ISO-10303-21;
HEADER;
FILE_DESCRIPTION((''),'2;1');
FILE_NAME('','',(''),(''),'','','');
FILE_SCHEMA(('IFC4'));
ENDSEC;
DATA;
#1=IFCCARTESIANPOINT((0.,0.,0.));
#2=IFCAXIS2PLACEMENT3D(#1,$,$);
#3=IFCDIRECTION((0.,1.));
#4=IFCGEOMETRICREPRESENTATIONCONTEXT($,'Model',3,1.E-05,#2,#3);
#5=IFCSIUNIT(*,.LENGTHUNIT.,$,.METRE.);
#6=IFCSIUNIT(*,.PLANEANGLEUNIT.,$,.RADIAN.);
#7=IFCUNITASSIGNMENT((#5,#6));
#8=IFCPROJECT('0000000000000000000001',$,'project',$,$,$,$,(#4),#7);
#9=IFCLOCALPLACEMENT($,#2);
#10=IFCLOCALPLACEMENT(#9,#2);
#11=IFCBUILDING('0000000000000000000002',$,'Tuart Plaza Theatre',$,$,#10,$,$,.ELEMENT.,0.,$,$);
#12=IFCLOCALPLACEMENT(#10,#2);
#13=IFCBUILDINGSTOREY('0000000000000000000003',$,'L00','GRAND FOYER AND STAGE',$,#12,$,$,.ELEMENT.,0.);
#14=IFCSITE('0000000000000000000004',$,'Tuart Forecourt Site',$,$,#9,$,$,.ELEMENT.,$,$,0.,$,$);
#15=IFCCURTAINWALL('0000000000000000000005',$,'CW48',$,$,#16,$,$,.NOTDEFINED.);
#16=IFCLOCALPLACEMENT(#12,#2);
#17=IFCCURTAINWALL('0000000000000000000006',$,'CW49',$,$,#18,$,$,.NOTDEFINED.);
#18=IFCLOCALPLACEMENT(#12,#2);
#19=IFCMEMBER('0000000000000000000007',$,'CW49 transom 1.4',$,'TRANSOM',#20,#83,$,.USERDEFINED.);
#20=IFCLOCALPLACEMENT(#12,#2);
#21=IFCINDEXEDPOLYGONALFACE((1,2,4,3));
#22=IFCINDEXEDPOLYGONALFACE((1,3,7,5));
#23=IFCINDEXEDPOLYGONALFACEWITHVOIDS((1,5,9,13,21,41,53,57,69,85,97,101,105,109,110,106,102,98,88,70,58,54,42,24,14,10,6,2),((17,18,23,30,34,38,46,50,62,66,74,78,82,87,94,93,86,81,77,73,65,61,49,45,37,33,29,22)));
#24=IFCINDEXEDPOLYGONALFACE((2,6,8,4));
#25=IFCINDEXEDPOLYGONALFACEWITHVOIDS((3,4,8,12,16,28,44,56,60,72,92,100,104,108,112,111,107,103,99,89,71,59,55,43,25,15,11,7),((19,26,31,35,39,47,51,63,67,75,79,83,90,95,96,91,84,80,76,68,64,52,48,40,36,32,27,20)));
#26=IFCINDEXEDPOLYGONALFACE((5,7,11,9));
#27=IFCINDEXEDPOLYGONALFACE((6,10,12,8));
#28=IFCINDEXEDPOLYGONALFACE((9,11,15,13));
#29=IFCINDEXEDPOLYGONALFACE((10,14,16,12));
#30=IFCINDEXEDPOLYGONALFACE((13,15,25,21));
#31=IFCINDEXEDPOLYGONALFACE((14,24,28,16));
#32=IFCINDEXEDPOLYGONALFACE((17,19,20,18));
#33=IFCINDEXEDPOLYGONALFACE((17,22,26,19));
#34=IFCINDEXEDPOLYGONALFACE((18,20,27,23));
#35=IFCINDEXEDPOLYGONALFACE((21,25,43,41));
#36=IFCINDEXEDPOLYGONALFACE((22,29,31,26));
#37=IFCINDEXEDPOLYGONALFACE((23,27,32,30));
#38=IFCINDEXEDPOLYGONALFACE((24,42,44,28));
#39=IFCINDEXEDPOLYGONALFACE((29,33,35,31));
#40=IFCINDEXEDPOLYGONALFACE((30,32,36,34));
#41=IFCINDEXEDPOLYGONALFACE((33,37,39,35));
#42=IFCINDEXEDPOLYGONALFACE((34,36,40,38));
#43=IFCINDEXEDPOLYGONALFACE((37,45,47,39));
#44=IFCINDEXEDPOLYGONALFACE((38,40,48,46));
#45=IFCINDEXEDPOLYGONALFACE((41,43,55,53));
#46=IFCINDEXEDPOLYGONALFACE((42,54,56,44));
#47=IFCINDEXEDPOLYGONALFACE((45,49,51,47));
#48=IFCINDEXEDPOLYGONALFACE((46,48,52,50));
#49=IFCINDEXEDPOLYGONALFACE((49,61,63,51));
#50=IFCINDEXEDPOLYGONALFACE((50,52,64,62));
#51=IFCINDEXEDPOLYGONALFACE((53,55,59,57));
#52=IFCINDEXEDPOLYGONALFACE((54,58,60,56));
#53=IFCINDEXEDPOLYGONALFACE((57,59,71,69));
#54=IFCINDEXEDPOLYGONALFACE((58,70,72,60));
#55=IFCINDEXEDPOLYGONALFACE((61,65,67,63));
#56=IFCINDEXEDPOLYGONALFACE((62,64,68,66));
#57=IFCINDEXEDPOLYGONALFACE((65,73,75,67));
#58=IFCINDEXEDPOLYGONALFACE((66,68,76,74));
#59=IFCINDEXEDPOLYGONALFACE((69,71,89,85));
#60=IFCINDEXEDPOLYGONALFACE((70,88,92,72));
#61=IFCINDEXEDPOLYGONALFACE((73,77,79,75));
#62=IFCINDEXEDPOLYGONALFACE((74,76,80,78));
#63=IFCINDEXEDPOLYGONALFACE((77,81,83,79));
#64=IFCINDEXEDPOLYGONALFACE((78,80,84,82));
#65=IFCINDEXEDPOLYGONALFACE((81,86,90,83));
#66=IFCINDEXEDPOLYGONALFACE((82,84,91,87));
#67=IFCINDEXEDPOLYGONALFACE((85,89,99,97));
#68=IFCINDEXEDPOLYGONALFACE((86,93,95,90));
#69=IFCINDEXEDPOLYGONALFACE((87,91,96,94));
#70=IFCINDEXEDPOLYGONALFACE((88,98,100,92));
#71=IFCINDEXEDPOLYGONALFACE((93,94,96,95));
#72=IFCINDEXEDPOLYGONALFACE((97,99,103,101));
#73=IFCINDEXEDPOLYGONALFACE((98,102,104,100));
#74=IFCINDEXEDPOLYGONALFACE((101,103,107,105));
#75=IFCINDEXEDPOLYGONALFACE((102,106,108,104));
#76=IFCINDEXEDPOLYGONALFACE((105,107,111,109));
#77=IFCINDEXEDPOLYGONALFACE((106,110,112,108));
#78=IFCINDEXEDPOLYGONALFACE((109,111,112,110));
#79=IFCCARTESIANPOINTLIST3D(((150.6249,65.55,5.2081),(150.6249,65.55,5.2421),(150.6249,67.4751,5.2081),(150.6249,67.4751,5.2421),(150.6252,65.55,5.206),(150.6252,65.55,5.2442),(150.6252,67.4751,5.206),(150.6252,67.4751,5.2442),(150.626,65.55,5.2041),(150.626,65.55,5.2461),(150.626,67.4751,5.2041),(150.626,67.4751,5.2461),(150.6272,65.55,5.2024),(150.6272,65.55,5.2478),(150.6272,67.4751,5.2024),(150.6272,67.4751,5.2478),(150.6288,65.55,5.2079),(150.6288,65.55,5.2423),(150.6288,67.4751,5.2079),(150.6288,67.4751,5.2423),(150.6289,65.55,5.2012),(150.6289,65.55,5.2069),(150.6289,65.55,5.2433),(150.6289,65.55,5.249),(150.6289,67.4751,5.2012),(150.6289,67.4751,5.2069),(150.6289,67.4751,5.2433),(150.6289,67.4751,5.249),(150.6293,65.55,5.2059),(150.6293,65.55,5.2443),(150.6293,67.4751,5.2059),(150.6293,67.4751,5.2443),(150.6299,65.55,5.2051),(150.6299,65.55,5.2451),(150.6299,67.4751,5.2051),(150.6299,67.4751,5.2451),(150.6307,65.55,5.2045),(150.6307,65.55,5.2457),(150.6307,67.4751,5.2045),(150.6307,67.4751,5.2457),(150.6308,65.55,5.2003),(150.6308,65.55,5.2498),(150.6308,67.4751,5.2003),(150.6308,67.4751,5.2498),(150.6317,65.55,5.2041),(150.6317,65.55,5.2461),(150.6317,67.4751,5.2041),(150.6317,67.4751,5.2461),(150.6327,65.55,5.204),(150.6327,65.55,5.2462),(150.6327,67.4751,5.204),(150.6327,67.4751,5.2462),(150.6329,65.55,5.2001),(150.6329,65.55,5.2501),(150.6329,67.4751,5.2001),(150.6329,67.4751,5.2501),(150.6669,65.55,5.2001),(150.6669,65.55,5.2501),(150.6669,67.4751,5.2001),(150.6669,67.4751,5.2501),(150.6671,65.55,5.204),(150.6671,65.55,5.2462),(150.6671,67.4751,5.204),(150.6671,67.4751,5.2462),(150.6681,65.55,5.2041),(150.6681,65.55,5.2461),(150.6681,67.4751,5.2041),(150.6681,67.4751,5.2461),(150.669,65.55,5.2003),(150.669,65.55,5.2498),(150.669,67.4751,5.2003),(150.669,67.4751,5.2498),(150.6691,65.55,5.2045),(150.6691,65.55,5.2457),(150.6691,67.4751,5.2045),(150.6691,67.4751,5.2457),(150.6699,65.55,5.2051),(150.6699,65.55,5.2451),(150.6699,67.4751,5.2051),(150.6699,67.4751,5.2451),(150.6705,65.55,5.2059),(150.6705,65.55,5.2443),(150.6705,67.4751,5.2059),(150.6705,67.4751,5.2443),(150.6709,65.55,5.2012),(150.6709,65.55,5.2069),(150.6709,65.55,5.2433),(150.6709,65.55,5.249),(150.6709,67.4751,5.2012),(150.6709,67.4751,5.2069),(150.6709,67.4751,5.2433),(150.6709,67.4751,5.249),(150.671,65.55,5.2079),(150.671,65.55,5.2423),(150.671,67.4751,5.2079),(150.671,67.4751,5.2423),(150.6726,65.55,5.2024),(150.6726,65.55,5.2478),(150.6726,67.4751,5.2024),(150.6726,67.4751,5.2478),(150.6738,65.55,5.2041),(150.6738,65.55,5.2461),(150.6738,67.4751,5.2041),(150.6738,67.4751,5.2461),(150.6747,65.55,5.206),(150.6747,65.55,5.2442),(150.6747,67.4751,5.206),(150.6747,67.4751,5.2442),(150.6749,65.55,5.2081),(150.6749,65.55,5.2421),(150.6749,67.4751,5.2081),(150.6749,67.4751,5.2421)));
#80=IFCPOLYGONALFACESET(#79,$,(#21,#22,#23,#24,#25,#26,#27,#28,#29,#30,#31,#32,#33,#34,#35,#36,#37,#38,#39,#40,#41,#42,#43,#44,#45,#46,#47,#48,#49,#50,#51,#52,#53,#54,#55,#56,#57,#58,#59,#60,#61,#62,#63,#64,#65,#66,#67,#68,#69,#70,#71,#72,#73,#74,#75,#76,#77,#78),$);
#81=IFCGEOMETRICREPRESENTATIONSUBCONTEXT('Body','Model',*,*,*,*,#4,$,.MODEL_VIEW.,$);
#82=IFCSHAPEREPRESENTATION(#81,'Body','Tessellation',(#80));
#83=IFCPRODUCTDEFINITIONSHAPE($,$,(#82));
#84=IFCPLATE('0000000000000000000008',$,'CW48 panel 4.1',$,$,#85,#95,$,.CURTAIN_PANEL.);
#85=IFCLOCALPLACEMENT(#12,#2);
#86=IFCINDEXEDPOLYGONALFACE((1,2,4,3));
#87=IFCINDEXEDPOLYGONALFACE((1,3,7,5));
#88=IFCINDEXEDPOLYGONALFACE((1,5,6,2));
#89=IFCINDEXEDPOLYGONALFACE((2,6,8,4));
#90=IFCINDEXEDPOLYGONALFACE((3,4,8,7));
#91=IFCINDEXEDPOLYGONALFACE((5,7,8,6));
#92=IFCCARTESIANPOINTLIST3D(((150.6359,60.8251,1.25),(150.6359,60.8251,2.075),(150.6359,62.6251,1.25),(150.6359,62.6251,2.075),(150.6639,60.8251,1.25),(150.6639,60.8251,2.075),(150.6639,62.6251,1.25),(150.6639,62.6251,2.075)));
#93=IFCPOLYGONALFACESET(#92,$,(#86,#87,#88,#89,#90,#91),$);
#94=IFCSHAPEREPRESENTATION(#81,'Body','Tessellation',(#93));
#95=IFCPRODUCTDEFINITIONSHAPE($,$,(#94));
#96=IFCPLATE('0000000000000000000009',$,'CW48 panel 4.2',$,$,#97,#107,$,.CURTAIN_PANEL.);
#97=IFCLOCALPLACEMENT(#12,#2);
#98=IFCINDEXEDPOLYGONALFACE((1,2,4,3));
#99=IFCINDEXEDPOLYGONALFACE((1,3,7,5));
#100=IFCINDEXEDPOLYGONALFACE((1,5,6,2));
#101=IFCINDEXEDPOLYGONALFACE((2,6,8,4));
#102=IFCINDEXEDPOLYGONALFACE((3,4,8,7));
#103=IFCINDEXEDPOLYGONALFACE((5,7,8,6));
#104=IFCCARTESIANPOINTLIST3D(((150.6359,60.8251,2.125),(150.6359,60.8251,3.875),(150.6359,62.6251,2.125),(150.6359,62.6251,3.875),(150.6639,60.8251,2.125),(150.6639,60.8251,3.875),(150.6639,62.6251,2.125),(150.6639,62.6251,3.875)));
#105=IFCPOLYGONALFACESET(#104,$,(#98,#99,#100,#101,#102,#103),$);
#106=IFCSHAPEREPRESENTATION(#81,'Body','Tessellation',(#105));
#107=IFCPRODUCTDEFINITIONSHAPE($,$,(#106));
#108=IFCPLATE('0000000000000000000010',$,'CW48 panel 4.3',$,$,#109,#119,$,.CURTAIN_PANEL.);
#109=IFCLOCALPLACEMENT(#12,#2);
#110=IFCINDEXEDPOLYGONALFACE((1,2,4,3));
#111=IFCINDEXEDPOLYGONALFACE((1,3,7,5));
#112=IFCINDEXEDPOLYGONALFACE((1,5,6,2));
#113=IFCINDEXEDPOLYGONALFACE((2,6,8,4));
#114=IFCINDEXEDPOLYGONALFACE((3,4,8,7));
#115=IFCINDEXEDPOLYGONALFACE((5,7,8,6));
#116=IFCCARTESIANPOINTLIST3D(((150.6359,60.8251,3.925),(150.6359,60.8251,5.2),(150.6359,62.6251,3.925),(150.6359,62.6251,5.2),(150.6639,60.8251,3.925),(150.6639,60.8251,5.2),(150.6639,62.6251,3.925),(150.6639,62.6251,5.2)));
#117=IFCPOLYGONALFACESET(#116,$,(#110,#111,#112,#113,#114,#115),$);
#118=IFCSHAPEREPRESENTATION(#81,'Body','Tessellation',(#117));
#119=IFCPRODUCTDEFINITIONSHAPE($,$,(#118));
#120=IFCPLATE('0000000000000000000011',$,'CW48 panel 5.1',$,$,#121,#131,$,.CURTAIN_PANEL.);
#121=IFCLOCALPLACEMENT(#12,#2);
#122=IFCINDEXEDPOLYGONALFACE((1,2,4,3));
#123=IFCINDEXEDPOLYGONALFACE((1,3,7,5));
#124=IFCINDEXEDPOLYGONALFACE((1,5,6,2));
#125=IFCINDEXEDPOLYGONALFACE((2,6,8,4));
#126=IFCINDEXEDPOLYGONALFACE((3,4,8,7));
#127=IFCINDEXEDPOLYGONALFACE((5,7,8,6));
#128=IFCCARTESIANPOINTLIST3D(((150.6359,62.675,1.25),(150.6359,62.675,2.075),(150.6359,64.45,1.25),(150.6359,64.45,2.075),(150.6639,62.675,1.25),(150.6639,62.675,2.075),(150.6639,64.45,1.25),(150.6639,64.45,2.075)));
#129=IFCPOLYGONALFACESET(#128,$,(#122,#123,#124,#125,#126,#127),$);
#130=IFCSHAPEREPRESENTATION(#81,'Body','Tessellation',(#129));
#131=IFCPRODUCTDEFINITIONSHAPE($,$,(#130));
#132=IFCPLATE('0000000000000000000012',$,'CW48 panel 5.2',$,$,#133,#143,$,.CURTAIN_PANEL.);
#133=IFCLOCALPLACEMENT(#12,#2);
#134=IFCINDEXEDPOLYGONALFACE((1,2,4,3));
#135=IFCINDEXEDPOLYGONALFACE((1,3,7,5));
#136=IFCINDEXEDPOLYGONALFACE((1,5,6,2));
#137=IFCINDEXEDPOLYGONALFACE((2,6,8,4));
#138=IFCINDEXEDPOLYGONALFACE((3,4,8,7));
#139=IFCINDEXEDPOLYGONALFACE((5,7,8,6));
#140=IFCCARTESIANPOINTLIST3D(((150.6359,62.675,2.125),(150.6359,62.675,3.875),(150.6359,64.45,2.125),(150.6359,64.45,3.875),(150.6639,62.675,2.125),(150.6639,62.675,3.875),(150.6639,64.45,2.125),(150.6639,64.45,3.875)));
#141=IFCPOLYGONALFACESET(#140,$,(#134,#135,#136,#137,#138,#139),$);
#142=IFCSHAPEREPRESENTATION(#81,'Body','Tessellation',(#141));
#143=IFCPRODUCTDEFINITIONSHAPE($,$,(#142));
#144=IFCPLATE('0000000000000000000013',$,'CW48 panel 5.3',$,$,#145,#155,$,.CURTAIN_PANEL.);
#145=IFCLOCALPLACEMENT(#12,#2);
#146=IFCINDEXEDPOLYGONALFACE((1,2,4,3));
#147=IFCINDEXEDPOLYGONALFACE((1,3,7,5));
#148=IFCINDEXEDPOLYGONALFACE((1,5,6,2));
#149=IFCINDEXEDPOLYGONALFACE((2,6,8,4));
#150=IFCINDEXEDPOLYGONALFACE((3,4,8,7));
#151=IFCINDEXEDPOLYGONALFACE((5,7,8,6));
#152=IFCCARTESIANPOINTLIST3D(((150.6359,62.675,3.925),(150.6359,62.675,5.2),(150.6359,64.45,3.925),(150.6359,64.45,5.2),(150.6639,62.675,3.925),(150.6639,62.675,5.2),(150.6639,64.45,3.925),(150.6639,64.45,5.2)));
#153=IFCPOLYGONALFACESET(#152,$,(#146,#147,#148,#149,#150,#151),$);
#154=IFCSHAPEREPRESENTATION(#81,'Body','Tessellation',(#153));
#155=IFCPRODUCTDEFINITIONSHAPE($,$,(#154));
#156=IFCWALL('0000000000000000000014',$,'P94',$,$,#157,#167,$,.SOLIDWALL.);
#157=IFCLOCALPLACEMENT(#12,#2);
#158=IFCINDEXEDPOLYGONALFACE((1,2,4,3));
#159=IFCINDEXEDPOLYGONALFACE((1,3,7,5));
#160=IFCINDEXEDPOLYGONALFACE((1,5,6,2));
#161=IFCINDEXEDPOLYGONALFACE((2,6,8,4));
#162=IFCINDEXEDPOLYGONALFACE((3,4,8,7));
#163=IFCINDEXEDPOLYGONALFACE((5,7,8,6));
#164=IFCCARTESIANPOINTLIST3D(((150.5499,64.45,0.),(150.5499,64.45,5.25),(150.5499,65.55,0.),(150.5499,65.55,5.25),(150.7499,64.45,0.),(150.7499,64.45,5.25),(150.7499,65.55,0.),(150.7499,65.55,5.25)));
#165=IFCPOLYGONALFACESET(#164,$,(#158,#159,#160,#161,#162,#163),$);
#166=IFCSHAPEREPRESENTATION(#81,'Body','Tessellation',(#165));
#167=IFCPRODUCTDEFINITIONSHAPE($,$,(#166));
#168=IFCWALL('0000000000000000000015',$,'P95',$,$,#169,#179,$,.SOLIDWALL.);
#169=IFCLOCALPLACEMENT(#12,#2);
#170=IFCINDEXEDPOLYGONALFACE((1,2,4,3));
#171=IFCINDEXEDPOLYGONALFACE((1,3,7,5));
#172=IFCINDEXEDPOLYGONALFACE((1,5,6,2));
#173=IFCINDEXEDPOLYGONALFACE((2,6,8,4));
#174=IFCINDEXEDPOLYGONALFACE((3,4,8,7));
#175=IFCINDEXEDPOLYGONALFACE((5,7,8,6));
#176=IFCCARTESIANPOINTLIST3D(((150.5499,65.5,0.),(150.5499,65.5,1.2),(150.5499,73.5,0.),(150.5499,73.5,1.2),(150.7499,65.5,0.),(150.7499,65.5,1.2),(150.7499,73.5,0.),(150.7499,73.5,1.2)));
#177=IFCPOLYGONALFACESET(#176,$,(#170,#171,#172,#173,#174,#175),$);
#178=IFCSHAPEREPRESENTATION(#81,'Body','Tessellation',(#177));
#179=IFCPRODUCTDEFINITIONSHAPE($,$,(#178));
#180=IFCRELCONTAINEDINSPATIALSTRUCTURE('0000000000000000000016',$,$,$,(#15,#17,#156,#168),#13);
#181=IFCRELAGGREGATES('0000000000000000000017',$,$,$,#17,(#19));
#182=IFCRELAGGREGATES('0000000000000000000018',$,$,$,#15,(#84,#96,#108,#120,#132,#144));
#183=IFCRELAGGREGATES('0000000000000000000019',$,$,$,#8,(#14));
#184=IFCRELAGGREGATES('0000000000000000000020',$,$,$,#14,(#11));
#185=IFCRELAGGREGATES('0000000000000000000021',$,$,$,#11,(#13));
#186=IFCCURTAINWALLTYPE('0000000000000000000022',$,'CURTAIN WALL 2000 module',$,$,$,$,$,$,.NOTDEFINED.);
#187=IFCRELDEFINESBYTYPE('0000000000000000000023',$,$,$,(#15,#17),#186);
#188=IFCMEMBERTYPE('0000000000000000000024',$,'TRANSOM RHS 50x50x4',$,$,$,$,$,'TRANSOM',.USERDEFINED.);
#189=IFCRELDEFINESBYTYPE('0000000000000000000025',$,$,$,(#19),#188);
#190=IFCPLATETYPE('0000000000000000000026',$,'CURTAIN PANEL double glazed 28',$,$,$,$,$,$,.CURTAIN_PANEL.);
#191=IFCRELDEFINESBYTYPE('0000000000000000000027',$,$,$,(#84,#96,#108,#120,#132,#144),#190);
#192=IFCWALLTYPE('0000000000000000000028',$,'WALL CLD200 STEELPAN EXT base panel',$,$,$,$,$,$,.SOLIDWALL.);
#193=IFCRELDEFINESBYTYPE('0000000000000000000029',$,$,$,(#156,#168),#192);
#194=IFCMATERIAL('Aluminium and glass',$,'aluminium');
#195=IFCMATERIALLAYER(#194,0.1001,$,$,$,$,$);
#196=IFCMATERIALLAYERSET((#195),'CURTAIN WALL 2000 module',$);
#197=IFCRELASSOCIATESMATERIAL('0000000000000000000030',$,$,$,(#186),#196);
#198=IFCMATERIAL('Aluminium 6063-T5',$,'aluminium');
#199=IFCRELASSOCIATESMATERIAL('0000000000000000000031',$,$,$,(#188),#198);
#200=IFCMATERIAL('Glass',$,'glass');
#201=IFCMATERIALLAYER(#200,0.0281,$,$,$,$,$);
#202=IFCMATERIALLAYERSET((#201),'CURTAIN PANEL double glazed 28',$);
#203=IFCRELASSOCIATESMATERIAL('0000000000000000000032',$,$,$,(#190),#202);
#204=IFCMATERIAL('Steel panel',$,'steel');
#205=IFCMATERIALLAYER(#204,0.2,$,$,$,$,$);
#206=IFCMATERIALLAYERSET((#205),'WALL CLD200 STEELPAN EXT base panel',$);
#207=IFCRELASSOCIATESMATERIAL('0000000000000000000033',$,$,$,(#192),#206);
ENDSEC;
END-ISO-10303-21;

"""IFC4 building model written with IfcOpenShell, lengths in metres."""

from ifc_helpers import new_model, si_unit, direction, frame, frame_2d, origin, origin_2d, place, context, subcontext, project, spatial, rectangle, hollow_rectangle, extrude, material, layer, layer_set, material_profile, profile_set, type_object, element, aggregate, save


model = new_model("IFC4")

# Units and contexts
model_context = context("Model", 3, precision=1e-05, world=origin(), true_north=direction((0.0, 1.0)))
body_context = subcontext(model_context, "Body", "Model", "MODEL_VIEW")
ifc_project = project(units=[si_unit("LENGTHUNIT", "METRE"), si_unit("PLANEANGLEUNIT", "RADIAN")], contexts=[model_context])

# Site, building, storey
site_placement = place(None, origin())
site = spatial("IfcSite", under=ifc_project, at=site_placement, Name="Tuart Forecourt Site", CompositionType="ELEMENT", RefElevation=0.0)
building_placement = place(site_placement, origin())
building = spatial("IfcBuilding", under=site, at=building_placement, Name="Tuart Plaza Theatre", CompositionType="ELEMENT", ElevationOfRefHeight=0.0)
storey_placement = place(building_placement, origin())
storey = spatial("IfcBuildingStorey", under=building, at=storey_placement, Name="L00", Description="GRAND FOYER AND STAGE", CompositionType="ELEMENT", Elevation=0.0)

# Curtain walls, member
ifc_material_1 = material(Name="Aluminium and glass", Category="aluminium")
ifc_layer_1 = layer(ifc_material_1, 0.1001)
ifc_layer_set_1 = layer_set([ifc_layer_1], Name="CURTAIN WALL 2000 module")
curtain_wall_type = type_object("IfcCurtainWallType", Name="CURTAIN WALL 2000 module", PredefinedType="NOTDEFINED", material=ifc_layer_set_1)
curtain_wall_1_placement = place(storey_placement, origin())
curtain_wall_1 = element("IfcCurtainWall", 1, at=curtain_wall_1_placement, inside=storey, type_object=curtain_wall_type, Name="CW48", PredefinedType="NOTDEFINED")
ifc_material_2 = material(Name="Aluminium 6063-T5", Category="aluminium")
ifc_material_profile_1 = material_profile(ifc_material_2, hollow_rectangle(XDim=0.05, YDim=0.05, WallThickness=0.0039, InnerFilletRadius=0.0039, OuterFilletRadius=0.0081, at=origin_2d()), Name="RHS 50x50x4")
ifc_profile_set_1 = profile_set([ifc_material_profile_1], Name="Aluminium 6063-T5")
member_type_1 = type_object("IfcMemberType", Name="TRANSOM RHS 50x50x4", ElementType="TRANSOM", PredefinedType="USERDEFINED", material=ifc_profile_set_1)
curtain_wall_2_placement = place(storey_placement, origin())
curtain_wall_2 = element("IfcCurtainWall", 2, at=curtain_wall_2_placement, inside=storey, type_object=curtain_wall_type, Name="CW49", PredefinedType="NOTDEFINED")
member_1_placement = place(storey_placement, frame((150.6499, 65.55, 5.2251), z_axis=(0.0, 1.0, 0.0), x_axis=(-1.0, 0.0, 0.0)))
member_1 = element("IfcMember", 3, at=member_1_placement, type_object=member_type_1, Name="CW49 transom 1.4", ObjectType="TRANSOM", PredefinedType="USERDEFINED", context=body_context, shape_type="SweptSolid", body=[
    extrude(hollow_rectangle(XDim=0.05, YDim=0.05, WallThickness=0.0039, InnerFilletRadius=0.0039, OuterFilletRadius=0.0081, at=origin_2d()), origin(), (0.0, 0.0, 1.0), 1.925),
])
aggregate(curtain_wall_2, [member_1])

# Plates
ifc_material_3 = material(Name="Glass", Category="glass")
ifc_layer_2 = layer(ifc_material_3, 0.0281)
ifc_layer_set_2 = layer_set([ifc_layer_2], Name="CURTAIN PANEL double glazed 28")
plate_type = type_object("IfcPlateType", Name="CURTAIN PANEL double glazed 28", PredefinedType="CURTAIN_PANEL", material=ifc_layer_set_2)
plate_1_placement = place(storey_placement, frame((150.6499, 61.7251, 1.25), z_axis=(0.0, 0.0, 1.0), x_axis=(0.0, 1.0, 0.0)))
plate_1 = element("IfcPlate", 4, at=plate_1_placement, type_object=plate_type, Name="CW48 panel 4.1", PredefinedType="CURTAIN_PANEL", context=body_context, shape_type="SweptSolid", body=[
    extrude(rectangle(XDim=1.8, YDim=0.0281, at=origin_2d()), origin(), (0.0, 0.0, 1.0), 0.825),
])
plate_2_placement = place(storey_placement, frame((150.6499, 61.7251, 2.125), z_axis=(0.0, 0.0, 1.0), x_axis=(0.0, 1.0, 0.0)))
plate_2 = element("IfcPlate", 5, at=plate_2_placement, type_object=plate_type, Name="CW48 panel 4.2", PredefinedType="CURTAIN_PANEL", context=body_context, shape_type="SweptSolid", body=[
    extrude(rectangle(XDim=1.8, YDim=0.0281, at=origin_2d()), origin(), (0.0, 0.0, 1.0), 1.75),
])
plate_3_placement = place(storey_placement, frame((150.6499, 61.7251, 3.925), z_axis=(0.0, 0.0, 1.0), x_axis=(0.0, 1.0, 0.0)))
plate_3 = element("IfcPlate", 6, at=plate_3_placement, type_object=plate_type, Name="CW48 panel 4.3", PredefinedType="CURTAIN_PANEL", context=body_context, shape_type="SweptSolid", body=[
    extrude(rectangle(XDim=1.8, YDim=0.0281, at=origin_2d()), origin(), (0.0, 0.0, 1.0), 1.2749),
])
plate_4_placement = place(storey_placement, frame((150.6499, 63.5625, 1.25), z_axis=(0.0, 0.0, 1.0), x_axis=(0.0, 1.0, 0.0)))
plate_4 = element("IfcPlate", 7, at=plate_4_placement, type_object=plate_type, Name="CW48 panel 5.1", PredefinedType="CURTAIN_PANEL", context=body_context, shape_type="SweptSolid", body=[
    extrude(rectangle(XDim=1.7749, YDim=0.0281, at=origin_2d()), origin(), (0.0, 0.0, 1.0), 0.825),
])
plate_5_placement = place(storey_placement, frame((150.6499, 63.5625, 2.125), z_axis=(0.0, 0.0, 1.0), x_axis=(0.0, 1.0, 0.0)))
plate_5 = element("IfcPlate", 8, at=plate_5_placement, type_object=plate_type, Name="CW48 panel 5.2", PredefinedType="CURTAIN_PANEL", context=body_context, shape_type="SweptSolid", body=[
    extrude(rectangle(XDim=1.7749, YDim=0.0281, at=origin_2d()), origin(), (0.0, 0.0, 1.0), 1.75),
])
plate_6_placement = place(storey_placement, frame((150.6499, 63.5625, 3.925), z_axis=(0.0, 0.0, 1.0), x_axis=(0.0, 1.0, 0.0)))
plate_6 = element("IfcPlate", 9, at=plate_6_placement, type_object=plate_type, Name="CW48 panel 5.3", PredefinedType="CURTAIN_PANEL", context=body_context, shape_type="SweptSolid", body=[
    extrude(rectangle(XDim=1.7749, YDim=0.0281, at=origin_2d()), origin(), (0.0, 0.0, 1.0), 1.2749),
])
aggregate(curtain_wall_1, [plate_1, plate_2, plate_3, plate_4, plate_5, plate_6])

# Walls
ifc_material_4 = material(Name="Steel panel", Category="steel")
ifc_layer_3 = layer(ifc_material_4, 0.2)
ifc_layer_set_3 = layer_set([ifc_layer_3], Name="WALL CLD200 STEELPAN EXT base panel")
wall_type = type_object("IfcWallType", Name="WALL CLD200 STEELPAN EXT base panel", PredefinedType="SOLIDWALL", material=ifc_layer_set_3)
wall_1_placement = place(storey_placement, frame((150.6499, 64.45, 0.0), z_axis=(0.0, 0.0, 1.0), x_axis=(0.0, 1.0, 0.0)))
element("IfcWall", 10, at=wall_1_placement, inside=storey, type_object=wall_type, Name="P94", PredefinedType="SOLIDWALL", context=body_context, shape_type="SweptSolid", body=[
    extrude(rectangle(XDim=1.1001, YDim=0.2, at=frame_2d((0.55, 0.0))), origin(), (0.0, 0.0, 1.0), 5.25),
])
wall_2_placement = place(storey_placement, frame((150.6499, 65.5, 0.0), z_axis=(0.0, 0.0, 1.0), x_axis=(0.0, 1.0, 0.0)))
element("IfcWall", 11, at=wall_2_placement, inside=storey, type_object=wall_type, Name="P95", PredefinedType="SOLIDWALL", context=body_context, shape_type="SweptSolid", body=[
    extrude(rectangle(XDim=8.0, YDim=0.2, at=frame_2d((4.0, 0.0))), origin(), (0.0, 0.0, 1.0), 1.2),
])

save(model, "model.ifc")
